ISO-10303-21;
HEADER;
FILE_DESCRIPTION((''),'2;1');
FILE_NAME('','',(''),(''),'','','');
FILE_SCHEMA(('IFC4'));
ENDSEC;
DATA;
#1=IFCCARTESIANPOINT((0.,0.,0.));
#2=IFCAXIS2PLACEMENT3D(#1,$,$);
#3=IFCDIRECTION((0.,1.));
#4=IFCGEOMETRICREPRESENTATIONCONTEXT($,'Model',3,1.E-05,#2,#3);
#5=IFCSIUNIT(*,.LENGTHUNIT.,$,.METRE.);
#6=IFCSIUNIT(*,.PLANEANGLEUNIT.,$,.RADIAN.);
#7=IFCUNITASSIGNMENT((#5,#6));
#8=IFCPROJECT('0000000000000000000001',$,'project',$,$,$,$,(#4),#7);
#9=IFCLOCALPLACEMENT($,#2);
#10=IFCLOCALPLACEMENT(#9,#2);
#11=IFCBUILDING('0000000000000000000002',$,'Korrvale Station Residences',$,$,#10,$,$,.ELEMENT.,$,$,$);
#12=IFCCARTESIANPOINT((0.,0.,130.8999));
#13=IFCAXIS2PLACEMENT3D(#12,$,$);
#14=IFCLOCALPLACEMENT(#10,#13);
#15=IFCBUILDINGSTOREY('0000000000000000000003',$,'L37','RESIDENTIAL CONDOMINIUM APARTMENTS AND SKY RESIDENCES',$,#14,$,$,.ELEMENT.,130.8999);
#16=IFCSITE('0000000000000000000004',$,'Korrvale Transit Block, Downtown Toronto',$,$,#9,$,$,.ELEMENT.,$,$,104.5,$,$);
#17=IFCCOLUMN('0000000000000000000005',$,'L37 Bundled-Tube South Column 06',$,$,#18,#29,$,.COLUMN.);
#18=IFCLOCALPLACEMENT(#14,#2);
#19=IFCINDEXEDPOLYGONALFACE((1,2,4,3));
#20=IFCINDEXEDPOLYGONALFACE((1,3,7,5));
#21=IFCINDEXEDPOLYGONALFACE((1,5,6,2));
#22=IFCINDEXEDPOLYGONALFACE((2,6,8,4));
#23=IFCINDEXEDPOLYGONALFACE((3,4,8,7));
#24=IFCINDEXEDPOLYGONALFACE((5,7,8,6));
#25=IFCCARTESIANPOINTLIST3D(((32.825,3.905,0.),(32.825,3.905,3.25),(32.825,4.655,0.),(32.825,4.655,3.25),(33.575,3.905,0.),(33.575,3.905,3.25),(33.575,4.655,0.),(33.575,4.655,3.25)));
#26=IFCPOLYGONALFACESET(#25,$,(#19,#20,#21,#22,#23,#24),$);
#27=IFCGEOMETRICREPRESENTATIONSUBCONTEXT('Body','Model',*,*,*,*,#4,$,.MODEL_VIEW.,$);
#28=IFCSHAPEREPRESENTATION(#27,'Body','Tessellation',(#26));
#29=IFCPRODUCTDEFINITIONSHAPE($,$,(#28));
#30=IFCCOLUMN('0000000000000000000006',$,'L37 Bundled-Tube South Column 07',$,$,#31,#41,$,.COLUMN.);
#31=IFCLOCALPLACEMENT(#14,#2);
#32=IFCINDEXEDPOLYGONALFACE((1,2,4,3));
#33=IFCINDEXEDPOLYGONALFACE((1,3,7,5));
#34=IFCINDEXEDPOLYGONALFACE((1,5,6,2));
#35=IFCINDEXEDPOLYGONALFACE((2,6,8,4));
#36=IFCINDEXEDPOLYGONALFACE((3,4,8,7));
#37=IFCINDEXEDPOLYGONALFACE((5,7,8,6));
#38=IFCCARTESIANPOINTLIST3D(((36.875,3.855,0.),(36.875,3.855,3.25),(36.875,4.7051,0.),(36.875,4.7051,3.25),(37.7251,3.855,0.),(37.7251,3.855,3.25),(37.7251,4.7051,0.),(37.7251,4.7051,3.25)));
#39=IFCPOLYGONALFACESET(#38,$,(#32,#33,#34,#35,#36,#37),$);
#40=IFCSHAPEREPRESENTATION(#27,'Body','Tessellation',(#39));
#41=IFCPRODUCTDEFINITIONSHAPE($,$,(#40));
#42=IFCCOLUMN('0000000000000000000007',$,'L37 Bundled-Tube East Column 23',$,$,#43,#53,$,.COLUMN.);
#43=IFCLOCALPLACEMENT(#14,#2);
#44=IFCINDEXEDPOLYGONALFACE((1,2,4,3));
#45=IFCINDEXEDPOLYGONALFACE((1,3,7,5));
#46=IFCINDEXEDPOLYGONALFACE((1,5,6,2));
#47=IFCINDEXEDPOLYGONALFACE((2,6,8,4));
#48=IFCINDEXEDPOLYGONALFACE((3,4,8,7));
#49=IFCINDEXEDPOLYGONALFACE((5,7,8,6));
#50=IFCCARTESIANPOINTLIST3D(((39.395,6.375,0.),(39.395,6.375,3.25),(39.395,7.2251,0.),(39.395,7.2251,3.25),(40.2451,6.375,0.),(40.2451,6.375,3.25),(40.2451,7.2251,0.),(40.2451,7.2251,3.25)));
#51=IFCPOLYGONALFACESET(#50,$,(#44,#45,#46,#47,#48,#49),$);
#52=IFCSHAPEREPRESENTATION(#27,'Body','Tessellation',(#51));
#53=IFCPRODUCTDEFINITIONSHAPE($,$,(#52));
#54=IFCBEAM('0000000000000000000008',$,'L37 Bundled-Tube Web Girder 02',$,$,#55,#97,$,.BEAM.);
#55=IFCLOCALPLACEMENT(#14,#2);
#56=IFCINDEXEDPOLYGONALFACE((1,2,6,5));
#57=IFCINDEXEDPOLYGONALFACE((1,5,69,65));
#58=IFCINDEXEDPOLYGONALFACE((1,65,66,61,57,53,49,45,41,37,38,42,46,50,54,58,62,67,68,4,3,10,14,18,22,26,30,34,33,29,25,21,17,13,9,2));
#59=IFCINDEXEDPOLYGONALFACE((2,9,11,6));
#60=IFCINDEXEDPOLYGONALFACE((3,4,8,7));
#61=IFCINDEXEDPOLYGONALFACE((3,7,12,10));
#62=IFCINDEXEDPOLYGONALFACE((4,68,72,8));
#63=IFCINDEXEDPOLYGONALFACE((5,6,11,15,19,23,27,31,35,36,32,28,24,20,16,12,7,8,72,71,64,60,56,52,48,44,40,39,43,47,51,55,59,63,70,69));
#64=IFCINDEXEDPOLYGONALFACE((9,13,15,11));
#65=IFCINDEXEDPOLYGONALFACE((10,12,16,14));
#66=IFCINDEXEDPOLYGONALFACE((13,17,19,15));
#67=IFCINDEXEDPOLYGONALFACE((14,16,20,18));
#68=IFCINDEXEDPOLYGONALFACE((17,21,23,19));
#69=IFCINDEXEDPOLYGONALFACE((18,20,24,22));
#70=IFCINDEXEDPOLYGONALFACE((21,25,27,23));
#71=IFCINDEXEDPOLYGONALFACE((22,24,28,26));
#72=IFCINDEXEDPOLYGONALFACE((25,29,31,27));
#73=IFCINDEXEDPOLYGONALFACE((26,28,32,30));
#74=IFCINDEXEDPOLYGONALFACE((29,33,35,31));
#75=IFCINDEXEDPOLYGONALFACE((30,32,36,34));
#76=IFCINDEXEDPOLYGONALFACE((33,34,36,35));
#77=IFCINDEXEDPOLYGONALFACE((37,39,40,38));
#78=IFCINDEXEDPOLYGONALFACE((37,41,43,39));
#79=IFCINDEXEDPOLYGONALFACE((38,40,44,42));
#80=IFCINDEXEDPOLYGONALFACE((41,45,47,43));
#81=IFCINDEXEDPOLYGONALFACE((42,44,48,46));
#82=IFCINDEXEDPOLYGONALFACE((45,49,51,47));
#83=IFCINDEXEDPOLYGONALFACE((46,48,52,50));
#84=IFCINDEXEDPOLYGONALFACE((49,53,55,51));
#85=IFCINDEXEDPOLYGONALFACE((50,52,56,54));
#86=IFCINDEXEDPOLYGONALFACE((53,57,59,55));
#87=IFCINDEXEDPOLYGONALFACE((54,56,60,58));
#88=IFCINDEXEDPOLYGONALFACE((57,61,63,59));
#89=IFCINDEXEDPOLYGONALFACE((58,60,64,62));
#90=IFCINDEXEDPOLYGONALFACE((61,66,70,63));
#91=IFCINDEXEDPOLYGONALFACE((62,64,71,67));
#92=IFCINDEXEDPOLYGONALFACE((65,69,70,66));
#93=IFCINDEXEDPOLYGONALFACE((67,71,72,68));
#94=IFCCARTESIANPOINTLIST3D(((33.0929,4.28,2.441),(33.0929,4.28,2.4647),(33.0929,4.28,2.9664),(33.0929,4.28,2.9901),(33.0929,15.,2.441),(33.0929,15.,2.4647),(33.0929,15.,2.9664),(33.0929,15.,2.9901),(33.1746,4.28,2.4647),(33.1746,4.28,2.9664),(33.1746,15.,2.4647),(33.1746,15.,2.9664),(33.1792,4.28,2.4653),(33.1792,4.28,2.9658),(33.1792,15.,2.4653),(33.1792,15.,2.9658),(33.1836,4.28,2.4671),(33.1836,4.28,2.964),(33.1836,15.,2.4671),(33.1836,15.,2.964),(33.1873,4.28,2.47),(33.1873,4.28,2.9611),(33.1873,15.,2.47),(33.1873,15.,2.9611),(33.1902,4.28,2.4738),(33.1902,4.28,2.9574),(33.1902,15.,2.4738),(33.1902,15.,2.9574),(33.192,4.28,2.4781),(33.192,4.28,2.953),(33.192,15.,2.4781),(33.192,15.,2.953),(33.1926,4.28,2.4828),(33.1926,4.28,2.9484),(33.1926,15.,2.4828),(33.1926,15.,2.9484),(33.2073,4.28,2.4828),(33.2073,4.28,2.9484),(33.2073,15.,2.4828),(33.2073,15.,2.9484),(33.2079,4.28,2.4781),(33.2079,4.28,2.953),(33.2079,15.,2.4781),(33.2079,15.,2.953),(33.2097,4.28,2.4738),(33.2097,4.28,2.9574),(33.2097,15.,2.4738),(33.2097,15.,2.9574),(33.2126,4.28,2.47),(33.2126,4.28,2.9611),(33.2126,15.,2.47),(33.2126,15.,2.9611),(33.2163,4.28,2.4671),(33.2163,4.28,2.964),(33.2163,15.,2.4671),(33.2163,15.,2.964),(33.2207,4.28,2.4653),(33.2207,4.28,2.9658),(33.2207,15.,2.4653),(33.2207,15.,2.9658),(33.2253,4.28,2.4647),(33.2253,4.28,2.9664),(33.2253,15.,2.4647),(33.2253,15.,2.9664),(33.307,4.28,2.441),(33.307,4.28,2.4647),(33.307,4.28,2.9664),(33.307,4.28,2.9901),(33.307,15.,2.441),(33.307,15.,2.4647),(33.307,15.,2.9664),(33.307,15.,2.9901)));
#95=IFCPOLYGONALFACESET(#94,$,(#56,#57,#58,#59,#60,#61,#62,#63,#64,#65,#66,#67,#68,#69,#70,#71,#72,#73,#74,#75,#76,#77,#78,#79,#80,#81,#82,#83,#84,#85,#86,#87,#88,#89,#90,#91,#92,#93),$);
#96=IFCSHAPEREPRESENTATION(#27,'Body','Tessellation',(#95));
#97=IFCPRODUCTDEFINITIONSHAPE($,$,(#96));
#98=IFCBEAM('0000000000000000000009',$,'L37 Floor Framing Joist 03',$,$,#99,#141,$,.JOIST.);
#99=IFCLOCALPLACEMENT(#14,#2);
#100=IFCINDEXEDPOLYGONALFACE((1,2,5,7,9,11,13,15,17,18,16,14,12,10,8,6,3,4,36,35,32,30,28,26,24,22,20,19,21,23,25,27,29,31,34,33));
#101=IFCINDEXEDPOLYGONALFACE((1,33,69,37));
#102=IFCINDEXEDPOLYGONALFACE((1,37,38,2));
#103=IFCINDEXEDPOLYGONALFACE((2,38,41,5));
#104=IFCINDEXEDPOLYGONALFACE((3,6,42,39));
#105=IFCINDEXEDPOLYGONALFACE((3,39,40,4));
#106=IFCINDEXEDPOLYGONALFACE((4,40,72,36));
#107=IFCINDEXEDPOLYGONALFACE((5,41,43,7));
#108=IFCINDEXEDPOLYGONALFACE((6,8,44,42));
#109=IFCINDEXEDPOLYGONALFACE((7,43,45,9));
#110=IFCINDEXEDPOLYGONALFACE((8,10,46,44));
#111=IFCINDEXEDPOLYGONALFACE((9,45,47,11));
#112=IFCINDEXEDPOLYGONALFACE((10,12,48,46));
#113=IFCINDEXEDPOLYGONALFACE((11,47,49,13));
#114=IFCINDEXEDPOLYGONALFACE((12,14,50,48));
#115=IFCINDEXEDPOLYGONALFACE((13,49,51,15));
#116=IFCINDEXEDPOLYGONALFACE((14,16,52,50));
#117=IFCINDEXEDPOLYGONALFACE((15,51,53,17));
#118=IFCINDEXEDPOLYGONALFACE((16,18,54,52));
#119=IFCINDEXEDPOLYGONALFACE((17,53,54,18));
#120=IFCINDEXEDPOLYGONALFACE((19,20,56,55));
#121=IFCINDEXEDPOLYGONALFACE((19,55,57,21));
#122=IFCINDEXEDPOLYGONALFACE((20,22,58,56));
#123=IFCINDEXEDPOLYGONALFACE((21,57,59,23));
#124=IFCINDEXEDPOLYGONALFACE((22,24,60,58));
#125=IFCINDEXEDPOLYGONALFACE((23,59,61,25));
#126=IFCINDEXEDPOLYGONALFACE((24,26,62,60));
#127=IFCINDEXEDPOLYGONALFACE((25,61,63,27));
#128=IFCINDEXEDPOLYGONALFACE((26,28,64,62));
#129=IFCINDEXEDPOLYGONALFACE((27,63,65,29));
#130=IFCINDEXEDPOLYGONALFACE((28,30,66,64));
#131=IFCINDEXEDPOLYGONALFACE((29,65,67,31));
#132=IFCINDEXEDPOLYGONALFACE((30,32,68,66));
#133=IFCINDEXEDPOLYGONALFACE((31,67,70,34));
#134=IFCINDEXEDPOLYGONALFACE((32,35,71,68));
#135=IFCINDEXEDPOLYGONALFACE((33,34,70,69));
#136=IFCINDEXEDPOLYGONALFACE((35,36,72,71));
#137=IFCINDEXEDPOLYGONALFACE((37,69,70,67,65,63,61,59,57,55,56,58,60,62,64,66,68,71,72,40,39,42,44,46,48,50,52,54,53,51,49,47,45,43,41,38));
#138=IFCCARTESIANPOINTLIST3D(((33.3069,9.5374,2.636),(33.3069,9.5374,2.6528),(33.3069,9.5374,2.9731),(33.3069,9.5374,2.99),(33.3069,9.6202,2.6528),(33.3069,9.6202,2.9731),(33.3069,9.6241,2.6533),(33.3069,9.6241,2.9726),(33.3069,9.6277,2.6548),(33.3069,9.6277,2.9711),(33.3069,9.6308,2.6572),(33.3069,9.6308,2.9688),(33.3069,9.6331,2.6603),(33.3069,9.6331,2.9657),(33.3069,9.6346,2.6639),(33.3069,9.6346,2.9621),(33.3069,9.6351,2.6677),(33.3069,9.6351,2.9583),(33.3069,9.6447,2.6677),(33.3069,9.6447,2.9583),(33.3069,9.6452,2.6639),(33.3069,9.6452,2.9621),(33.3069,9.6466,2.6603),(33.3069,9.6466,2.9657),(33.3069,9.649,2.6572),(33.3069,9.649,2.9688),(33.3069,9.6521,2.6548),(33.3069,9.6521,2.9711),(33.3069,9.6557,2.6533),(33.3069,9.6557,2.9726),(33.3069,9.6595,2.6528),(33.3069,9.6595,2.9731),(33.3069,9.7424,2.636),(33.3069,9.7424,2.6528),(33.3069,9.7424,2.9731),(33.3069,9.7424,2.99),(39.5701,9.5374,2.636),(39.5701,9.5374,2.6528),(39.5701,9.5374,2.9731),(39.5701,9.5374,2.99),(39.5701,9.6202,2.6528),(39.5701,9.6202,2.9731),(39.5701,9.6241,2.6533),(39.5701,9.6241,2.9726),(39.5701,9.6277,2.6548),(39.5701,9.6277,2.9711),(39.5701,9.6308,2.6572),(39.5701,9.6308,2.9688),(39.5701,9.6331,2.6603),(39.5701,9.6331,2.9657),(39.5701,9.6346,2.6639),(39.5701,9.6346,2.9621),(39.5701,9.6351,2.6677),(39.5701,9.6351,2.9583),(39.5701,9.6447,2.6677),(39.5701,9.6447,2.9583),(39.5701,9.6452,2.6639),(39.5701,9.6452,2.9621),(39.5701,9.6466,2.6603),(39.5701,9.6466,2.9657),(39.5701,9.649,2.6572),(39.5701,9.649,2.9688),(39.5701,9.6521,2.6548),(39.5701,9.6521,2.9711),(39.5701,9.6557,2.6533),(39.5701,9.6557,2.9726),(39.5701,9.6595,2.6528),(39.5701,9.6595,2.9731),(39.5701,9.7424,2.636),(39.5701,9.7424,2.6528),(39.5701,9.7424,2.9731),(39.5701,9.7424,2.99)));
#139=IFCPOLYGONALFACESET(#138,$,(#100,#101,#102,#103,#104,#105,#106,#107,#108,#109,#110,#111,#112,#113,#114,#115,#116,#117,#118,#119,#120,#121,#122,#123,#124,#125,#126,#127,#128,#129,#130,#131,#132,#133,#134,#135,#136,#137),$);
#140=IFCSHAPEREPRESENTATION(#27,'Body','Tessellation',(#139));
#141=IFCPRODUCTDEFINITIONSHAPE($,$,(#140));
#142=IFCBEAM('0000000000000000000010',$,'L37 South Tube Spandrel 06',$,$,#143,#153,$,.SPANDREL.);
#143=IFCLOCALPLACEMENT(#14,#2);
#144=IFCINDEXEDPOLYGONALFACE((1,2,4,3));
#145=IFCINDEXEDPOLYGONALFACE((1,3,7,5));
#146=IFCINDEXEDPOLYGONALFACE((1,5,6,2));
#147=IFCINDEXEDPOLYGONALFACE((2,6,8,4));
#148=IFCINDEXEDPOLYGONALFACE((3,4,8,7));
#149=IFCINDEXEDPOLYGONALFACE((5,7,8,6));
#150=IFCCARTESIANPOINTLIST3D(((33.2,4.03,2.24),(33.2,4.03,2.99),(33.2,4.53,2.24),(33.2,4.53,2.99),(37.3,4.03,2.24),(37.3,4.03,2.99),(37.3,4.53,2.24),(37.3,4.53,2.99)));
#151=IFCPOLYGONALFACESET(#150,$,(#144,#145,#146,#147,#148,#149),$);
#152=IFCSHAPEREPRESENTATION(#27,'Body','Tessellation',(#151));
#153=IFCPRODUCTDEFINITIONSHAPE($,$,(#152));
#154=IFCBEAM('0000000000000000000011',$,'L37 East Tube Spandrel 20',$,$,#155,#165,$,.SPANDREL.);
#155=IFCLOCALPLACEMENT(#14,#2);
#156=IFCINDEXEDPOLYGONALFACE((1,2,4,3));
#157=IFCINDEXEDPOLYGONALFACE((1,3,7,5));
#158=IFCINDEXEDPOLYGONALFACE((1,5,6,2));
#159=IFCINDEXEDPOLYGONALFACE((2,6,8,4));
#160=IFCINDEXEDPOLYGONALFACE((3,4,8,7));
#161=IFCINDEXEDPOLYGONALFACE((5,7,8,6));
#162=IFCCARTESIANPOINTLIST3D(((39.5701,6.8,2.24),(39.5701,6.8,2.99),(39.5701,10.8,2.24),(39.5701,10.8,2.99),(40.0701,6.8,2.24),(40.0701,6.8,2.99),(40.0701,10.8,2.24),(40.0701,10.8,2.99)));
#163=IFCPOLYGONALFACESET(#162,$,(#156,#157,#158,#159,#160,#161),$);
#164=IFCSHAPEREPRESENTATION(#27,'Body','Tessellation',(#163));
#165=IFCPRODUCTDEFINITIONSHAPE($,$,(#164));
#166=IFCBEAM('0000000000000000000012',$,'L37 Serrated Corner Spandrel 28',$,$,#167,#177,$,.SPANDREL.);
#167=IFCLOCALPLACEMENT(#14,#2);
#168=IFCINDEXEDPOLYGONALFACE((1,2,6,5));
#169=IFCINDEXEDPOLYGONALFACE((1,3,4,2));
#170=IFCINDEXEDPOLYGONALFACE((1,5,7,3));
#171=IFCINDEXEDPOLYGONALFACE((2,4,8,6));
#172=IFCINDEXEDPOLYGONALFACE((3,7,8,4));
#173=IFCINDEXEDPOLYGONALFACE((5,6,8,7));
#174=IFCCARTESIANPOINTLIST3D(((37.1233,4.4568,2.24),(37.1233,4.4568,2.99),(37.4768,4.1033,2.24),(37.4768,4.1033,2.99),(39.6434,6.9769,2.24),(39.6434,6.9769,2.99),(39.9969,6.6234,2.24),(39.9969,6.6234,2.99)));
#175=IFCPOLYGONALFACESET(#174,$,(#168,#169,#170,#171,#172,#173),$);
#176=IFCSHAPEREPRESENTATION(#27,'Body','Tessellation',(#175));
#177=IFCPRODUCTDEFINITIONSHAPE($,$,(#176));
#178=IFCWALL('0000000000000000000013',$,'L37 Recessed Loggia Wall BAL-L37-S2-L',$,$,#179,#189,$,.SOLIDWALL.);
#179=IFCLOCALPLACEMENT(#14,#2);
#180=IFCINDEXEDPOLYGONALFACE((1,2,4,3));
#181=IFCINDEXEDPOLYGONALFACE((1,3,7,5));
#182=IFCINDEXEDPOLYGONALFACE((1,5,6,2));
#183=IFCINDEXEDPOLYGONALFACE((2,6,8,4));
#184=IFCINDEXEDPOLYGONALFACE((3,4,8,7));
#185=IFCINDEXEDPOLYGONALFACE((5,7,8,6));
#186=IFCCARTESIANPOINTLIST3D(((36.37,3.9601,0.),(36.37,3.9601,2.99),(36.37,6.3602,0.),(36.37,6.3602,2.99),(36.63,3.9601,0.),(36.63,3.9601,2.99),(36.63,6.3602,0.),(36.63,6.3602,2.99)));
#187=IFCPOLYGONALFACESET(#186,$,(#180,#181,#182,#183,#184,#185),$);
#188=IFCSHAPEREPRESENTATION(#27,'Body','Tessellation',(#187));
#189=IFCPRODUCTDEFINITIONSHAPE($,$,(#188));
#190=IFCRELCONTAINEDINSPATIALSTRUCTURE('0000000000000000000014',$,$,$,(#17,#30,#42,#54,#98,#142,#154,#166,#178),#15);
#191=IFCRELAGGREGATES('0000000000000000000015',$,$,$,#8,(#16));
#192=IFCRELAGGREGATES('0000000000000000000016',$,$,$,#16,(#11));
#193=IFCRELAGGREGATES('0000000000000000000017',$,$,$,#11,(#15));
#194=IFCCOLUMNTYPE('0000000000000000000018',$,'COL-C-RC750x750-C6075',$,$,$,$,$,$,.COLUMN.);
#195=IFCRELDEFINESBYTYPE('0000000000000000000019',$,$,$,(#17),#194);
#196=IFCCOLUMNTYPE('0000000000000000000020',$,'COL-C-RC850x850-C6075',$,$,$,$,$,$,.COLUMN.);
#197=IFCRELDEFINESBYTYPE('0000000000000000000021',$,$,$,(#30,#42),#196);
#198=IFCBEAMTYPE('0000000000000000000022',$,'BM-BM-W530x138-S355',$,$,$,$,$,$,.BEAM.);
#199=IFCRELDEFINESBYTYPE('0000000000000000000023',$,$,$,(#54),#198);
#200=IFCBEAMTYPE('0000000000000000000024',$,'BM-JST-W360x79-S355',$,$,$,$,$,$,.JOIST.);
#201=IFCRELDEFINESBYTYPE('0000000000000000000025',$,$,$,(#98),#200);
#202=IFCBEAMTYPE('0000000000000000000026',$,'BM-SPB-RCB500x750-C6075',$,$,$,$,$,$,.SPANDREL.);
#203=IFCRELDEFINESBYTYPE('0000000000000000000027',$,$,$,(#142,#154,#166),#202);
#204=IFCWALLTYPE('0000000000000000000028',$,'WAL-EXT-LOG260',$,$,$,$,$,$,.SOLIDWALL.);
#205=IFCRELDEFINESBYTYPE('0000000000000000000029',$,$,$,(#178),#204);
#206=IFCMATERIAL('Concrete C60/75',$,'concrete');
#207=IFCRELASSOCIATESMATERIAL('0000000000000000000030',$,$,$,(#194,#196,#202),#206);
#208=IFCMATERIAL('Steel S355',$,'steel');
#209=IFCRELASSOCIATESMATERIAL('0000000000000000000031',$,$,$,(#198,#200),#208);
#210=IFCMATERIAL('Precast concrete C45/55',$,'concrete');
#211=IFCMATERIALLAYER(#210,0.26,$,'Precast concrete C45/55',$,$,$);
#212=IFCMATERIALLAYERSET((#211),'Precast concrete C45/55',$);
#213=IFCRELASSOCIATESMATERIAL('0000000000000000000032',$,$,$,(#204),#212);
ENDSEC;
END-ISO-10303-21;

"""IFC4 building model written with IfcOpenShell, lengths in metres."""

from ifc_helpers import new_model, si_unit, direction, frame, frame_2d, origin, origin_2d, place, context, subcontext, project, spatial, rectangle, i_section, extrude, material, layer, layer_set, material_profile, profile_set, type_object, element, save


model = new_model("IFC4")

# Units and contexts
model_context = context("Model", 3, precision=1e-05, world=origin(), true_north=direction((0.0, 1.0)))
body_context = subcontext(model_context, "Body", "Model", "MODEL_VIEW")
ifc_project = project(units=[si_unit("LENGTHUNIT", "METRE"), si_unit("PLANEANGLEUNIT", "RADIAN")], contexts=[model_context])

# Site, building, storey
site_placement = place(None, origin())
site = spatial("IfcSite", under=ifc_project, at=site_placement, Name="Korrvale Transit Block, Downtown Toronto", CompositionType="ELEMENT", RefElevation=104.5)
building_placement = place(site_placement, origin())
building = spatial("IfcBuilding", under=site, at=building_placement, Name="Korrvale Station Residences", CompositionType="ELEMENT")
storey_placement = place(building_placement, frame((0.0, 0.0, 130.8999)))
storey = spatial("IfcBuildingStorey", under=building, at=storey_placement, Name="L37", Description="RESIDENTIAL CONDOMINIUM APARTMENTS AND SKY RESIDENCES", CompositionType="ELEMENT", Elevation=130.8999)

# Columns
ifc_material_1 = material(Name="Concrete C60/75", Category="concrete")
ifc_material_profile_1 = material_profile(ifc_material_1, rectangle(XDim=0.75, YDim=0.75, at=origin_2d()), Name="RC750x750")
ifc_profile_set_1 = profile_set([ifc_material_profile_1], Name="Concrete C60/75")
column_type_1 = type_object("IfcColumnType", Name="COL-C-RC750x750-C6075", PredefinedType="COLUMN", material=ifc_profile_set_1)
column_placement = place(storey_placement, frame((33.2, 4.28, 0.0), z_axis=(0.0, 0.0, 1.0), x_axis=(1.0, 0.0, 0.0)))
element("IfcColumn", 1, at=column_placement, inside=storey, type_object=column_type_1, Name="L37 Bundled-Tube South Column 06", PredefinedType="COLUMN", context=body_context, shape_type="SweptSolid", body=[
    extrude(rectangle(XDim=0.75, YDim=0.75, at=origin_2d()), origin(), (0.0, 0.0, 1.0), 3.25),
])
ifc_material_profile_2 = material_profile(ifc_material_1, rectangle(XDim=0.8501, YDim=0.8501, at=origin_2d()), Name="RC850x850")
ifc_profile_set_2 = profile_set([ifc_material_profile_2], Name="Concrete C60/75")
column_type_2 = type_object("IfcColumnType", Name="COL-C-RC850x850-C6075", PredefinedType="COLUMN", material=ifc_profile_set_2)
for number, where, z_axis, x_axis, name in (
    (2, (37.3, 4.28, 0.0), (0.0, 0.0, 1.0), (1.0, 0.0, 0.0), "L37 Bundled-Tube South Column 07"),
    (3, (39.8201, 6.8, 0.0), (0.0, 0.0, 1.0), (1.0, 0.0, 0.0), "L37 Bundled-Tube East Column 23"),
):
    element("IfcColumn", number, at=place(storey_placement, frame(where, z_axis=z_axis, x_axis=x_axis)), inside=storey, type_object=column_type_2, Name=name, PredefinedType="COLUMN", context=body_context, shape_type="SweptSolid", body=[
        extrude(rectangle(XDim=0.8501, YDim=0.8501, at=origin_2d()), origin(), (0.0, 0.0, 1.0), 3.25),
    ])

# Beams
ifc_material_2 = material(Name="Steel S355", Category="steel")
ifc_material_profile_3 = material_profile(ifc_material_2, i_section(OverallWidth=0.2141, OverallDepth=0.5491, WebThickness=0.0146, FlangeThickness=0.0237, FilletRadius=0.0181, at=origin_2d()), Name="W530x138")
ifc_profile_set_3 = profile_set([ifc_material_profile_3], Name="Steel S355")
beam_type_1 = type_object("IfcBeamType", Name="BM-BM-W530x138-S355", PredefinedType="BEAM", material=ifc_profile_set_3)
beam_1_placement = place(storey_placement, frame((33.2, 4.28, 2.7156), z_axis=(0.0, 1.0, 0.0), x_axis=(-1.0, 0.0, 0.0)))
element("IfcBeam", 4, at=beam_1_placement, inside=storey, type_object=beam_type_1, Name="L37 Bundled-Tube Web Girder 02", PredefinedType="BEAM", context=body_context, shape_type="SweptSolid", body=[
    extrude(i_section(OverallWidth=0.2141, OverallDepth=0.5491, WebThickness=0.0146, FlangeThickness=0.0237, FilletRadius=0.0181, at=origin_2d()), origin(), (0.0, 0.0, 1.0), 10.72),
])
ifc_material_profile_4 = material_profile(ifc_material_2, i_section(OverallWidth=0.2051, OverallDepth=0.354, WebThickness=0.0095, FlangeThickness=0.0168, FilletRadius=0.0149, at=origin_2d()), Name="W360x79")
ifc_profile_set_4 = profile_set([ifc_material_profile_4], Name="Steel S355")
beam_type_2 = type_object("IfcBeamType", Name="BM-JST-W360x79-S355", PredefinedType="JOIST", material=ifc_profile_set_4)
beam_2_placement = place(storey_placement, frame((33.3069, 9.6399, 2.813), z_axis=(1.0, 0.0, 0.0), x_axis=(0.0, 1.0, 0.0)))
element("IfcBeam", 5, at=beam_2_placement, inside=storey, type_object=beam_type_2, Name="L37 Floor Framing Joist 03", PredefinedType="JOIST", context=body_context, shape_type="SweptSolid", body=[
    extrude(i_section(OverallWidth=0.2051, OverallDepth=0.354, WebThickness=0.0095, FlangeThickness=0.0168, FilletRadius=0.0149, at=origin_2d()), origin(), (0.0, 0.0, 1.0), 6.2632),
])
ifc_material_profile_5 = material_profile(ifc_material_1, rectangle(XDim=0.5, YDim=0.75, at=origin_2d()), Name="RCB500x750")
ifc_profile_set_5 = profile_set([ifc_material_profile_5], Name="Concrete C60/75")
beam_type_3 = type_object("IfcBeamType", Name="BM-SPB-RCB500x750-C6075", PredefinedType="SPANDREL", material=ifc_profile_set_5)
beam_3_placement = place(storey_placement, frame((33.2, 4.28, 2.615), z_axis=(1.0, 0.0, 0.0), x_axis=(0.0, 1.0, 0.0)))
element("IfcBeam", 6, at=beam_3_placement, inside=storey, type_object=beam_type_3, Name="L37 South Tube Spandrel 06", PredefinedType="SPANDREL", context=body_context, shape_type="SweptSolid", body=[
    extrude(rectangle(XDim=0.5, YDim=0.75, at=origin_2d()), origin(), (0.0, 0.0, 1.0), 4.1001),
])
beam_4_placement = place(storey_placement, frame((39.8201, 6.8, 2.615), z_axis=(0.0, 1.0, 0.0), x_axis=(-1.0, 0.0, 0.0)))
element("IfcBeam", 7, at=beam_4_placement, inside=storey, type_object=beam_type_3, Name="L37 East Tube Spandrel 20", PredefinedType="SPANDREL", context=body_context, shape_type="SweptSolid", body=[
    extrude(rectangle(XDim=0.5, YDim=0.75, at=origin_2d()), origin(), (0.0, 0.0, 1.0), 4.0),
])
beam_5_placement = place(storey_placement, frame((37.3, 4.28, 2.615), z_axis=(0.707107, 0.707107, 0.0), x_axis=(-0.707107, 0.707107, 0.0)))
element("IfcBeam", 8, at=beam_5_placement, inside=storey, type_object=beam_type_3, Name="L37 Serrated Corner Spandrel 28", PredefinedType="SPANDREL", context=body_context, shape_type="SweptSolid", body=[
    extrude(rectangle(XDim=0.5, YDim=0.75, at=origin_2d()), origin(), (0.0, 0.0, 1.0), 3.564),
])

# Wall
ifc_material_3 = material(Name="Precast concrete C45/55", Category="concrete")
ifc_layer_1 = layer(ifc_material_3, 0.26, Name="Precast concrete C45/55")
ifc_layer_set_1 = layer_set([ifc_layer_1], Name="Precast concrete C45/55")
wall_type_1 = type_object("IfcWallType", Name="WAL-EXT-LOG260", PredefinedType="SOLIDWALL", material=ifc_layer_set_1)
wall_1_placement = place(storey_placement, frame((36.5, 3.96, 0.0), z_axis=(0.0, 0.0, 1.0), x_axis=(0.0, 1.0, 0.0)))
element("IfcWall", 9, at=wall_1_placement, inside=storey, type_object=wall_type_1, Name="L37 Recessed Loggia Wall BAL-L37-S2-L", PredefinedType="SOLIDWALL", context=body_context, shape_type="SweptSolid", body=[
    extrude(rectangle(XDim=2.4001, YDim=0.26, at=frame_2d((1.2002, 0.0))), origin(), (0.0, 0.0, 1.0), 2.99),
])

save(model, "model.ifc")
